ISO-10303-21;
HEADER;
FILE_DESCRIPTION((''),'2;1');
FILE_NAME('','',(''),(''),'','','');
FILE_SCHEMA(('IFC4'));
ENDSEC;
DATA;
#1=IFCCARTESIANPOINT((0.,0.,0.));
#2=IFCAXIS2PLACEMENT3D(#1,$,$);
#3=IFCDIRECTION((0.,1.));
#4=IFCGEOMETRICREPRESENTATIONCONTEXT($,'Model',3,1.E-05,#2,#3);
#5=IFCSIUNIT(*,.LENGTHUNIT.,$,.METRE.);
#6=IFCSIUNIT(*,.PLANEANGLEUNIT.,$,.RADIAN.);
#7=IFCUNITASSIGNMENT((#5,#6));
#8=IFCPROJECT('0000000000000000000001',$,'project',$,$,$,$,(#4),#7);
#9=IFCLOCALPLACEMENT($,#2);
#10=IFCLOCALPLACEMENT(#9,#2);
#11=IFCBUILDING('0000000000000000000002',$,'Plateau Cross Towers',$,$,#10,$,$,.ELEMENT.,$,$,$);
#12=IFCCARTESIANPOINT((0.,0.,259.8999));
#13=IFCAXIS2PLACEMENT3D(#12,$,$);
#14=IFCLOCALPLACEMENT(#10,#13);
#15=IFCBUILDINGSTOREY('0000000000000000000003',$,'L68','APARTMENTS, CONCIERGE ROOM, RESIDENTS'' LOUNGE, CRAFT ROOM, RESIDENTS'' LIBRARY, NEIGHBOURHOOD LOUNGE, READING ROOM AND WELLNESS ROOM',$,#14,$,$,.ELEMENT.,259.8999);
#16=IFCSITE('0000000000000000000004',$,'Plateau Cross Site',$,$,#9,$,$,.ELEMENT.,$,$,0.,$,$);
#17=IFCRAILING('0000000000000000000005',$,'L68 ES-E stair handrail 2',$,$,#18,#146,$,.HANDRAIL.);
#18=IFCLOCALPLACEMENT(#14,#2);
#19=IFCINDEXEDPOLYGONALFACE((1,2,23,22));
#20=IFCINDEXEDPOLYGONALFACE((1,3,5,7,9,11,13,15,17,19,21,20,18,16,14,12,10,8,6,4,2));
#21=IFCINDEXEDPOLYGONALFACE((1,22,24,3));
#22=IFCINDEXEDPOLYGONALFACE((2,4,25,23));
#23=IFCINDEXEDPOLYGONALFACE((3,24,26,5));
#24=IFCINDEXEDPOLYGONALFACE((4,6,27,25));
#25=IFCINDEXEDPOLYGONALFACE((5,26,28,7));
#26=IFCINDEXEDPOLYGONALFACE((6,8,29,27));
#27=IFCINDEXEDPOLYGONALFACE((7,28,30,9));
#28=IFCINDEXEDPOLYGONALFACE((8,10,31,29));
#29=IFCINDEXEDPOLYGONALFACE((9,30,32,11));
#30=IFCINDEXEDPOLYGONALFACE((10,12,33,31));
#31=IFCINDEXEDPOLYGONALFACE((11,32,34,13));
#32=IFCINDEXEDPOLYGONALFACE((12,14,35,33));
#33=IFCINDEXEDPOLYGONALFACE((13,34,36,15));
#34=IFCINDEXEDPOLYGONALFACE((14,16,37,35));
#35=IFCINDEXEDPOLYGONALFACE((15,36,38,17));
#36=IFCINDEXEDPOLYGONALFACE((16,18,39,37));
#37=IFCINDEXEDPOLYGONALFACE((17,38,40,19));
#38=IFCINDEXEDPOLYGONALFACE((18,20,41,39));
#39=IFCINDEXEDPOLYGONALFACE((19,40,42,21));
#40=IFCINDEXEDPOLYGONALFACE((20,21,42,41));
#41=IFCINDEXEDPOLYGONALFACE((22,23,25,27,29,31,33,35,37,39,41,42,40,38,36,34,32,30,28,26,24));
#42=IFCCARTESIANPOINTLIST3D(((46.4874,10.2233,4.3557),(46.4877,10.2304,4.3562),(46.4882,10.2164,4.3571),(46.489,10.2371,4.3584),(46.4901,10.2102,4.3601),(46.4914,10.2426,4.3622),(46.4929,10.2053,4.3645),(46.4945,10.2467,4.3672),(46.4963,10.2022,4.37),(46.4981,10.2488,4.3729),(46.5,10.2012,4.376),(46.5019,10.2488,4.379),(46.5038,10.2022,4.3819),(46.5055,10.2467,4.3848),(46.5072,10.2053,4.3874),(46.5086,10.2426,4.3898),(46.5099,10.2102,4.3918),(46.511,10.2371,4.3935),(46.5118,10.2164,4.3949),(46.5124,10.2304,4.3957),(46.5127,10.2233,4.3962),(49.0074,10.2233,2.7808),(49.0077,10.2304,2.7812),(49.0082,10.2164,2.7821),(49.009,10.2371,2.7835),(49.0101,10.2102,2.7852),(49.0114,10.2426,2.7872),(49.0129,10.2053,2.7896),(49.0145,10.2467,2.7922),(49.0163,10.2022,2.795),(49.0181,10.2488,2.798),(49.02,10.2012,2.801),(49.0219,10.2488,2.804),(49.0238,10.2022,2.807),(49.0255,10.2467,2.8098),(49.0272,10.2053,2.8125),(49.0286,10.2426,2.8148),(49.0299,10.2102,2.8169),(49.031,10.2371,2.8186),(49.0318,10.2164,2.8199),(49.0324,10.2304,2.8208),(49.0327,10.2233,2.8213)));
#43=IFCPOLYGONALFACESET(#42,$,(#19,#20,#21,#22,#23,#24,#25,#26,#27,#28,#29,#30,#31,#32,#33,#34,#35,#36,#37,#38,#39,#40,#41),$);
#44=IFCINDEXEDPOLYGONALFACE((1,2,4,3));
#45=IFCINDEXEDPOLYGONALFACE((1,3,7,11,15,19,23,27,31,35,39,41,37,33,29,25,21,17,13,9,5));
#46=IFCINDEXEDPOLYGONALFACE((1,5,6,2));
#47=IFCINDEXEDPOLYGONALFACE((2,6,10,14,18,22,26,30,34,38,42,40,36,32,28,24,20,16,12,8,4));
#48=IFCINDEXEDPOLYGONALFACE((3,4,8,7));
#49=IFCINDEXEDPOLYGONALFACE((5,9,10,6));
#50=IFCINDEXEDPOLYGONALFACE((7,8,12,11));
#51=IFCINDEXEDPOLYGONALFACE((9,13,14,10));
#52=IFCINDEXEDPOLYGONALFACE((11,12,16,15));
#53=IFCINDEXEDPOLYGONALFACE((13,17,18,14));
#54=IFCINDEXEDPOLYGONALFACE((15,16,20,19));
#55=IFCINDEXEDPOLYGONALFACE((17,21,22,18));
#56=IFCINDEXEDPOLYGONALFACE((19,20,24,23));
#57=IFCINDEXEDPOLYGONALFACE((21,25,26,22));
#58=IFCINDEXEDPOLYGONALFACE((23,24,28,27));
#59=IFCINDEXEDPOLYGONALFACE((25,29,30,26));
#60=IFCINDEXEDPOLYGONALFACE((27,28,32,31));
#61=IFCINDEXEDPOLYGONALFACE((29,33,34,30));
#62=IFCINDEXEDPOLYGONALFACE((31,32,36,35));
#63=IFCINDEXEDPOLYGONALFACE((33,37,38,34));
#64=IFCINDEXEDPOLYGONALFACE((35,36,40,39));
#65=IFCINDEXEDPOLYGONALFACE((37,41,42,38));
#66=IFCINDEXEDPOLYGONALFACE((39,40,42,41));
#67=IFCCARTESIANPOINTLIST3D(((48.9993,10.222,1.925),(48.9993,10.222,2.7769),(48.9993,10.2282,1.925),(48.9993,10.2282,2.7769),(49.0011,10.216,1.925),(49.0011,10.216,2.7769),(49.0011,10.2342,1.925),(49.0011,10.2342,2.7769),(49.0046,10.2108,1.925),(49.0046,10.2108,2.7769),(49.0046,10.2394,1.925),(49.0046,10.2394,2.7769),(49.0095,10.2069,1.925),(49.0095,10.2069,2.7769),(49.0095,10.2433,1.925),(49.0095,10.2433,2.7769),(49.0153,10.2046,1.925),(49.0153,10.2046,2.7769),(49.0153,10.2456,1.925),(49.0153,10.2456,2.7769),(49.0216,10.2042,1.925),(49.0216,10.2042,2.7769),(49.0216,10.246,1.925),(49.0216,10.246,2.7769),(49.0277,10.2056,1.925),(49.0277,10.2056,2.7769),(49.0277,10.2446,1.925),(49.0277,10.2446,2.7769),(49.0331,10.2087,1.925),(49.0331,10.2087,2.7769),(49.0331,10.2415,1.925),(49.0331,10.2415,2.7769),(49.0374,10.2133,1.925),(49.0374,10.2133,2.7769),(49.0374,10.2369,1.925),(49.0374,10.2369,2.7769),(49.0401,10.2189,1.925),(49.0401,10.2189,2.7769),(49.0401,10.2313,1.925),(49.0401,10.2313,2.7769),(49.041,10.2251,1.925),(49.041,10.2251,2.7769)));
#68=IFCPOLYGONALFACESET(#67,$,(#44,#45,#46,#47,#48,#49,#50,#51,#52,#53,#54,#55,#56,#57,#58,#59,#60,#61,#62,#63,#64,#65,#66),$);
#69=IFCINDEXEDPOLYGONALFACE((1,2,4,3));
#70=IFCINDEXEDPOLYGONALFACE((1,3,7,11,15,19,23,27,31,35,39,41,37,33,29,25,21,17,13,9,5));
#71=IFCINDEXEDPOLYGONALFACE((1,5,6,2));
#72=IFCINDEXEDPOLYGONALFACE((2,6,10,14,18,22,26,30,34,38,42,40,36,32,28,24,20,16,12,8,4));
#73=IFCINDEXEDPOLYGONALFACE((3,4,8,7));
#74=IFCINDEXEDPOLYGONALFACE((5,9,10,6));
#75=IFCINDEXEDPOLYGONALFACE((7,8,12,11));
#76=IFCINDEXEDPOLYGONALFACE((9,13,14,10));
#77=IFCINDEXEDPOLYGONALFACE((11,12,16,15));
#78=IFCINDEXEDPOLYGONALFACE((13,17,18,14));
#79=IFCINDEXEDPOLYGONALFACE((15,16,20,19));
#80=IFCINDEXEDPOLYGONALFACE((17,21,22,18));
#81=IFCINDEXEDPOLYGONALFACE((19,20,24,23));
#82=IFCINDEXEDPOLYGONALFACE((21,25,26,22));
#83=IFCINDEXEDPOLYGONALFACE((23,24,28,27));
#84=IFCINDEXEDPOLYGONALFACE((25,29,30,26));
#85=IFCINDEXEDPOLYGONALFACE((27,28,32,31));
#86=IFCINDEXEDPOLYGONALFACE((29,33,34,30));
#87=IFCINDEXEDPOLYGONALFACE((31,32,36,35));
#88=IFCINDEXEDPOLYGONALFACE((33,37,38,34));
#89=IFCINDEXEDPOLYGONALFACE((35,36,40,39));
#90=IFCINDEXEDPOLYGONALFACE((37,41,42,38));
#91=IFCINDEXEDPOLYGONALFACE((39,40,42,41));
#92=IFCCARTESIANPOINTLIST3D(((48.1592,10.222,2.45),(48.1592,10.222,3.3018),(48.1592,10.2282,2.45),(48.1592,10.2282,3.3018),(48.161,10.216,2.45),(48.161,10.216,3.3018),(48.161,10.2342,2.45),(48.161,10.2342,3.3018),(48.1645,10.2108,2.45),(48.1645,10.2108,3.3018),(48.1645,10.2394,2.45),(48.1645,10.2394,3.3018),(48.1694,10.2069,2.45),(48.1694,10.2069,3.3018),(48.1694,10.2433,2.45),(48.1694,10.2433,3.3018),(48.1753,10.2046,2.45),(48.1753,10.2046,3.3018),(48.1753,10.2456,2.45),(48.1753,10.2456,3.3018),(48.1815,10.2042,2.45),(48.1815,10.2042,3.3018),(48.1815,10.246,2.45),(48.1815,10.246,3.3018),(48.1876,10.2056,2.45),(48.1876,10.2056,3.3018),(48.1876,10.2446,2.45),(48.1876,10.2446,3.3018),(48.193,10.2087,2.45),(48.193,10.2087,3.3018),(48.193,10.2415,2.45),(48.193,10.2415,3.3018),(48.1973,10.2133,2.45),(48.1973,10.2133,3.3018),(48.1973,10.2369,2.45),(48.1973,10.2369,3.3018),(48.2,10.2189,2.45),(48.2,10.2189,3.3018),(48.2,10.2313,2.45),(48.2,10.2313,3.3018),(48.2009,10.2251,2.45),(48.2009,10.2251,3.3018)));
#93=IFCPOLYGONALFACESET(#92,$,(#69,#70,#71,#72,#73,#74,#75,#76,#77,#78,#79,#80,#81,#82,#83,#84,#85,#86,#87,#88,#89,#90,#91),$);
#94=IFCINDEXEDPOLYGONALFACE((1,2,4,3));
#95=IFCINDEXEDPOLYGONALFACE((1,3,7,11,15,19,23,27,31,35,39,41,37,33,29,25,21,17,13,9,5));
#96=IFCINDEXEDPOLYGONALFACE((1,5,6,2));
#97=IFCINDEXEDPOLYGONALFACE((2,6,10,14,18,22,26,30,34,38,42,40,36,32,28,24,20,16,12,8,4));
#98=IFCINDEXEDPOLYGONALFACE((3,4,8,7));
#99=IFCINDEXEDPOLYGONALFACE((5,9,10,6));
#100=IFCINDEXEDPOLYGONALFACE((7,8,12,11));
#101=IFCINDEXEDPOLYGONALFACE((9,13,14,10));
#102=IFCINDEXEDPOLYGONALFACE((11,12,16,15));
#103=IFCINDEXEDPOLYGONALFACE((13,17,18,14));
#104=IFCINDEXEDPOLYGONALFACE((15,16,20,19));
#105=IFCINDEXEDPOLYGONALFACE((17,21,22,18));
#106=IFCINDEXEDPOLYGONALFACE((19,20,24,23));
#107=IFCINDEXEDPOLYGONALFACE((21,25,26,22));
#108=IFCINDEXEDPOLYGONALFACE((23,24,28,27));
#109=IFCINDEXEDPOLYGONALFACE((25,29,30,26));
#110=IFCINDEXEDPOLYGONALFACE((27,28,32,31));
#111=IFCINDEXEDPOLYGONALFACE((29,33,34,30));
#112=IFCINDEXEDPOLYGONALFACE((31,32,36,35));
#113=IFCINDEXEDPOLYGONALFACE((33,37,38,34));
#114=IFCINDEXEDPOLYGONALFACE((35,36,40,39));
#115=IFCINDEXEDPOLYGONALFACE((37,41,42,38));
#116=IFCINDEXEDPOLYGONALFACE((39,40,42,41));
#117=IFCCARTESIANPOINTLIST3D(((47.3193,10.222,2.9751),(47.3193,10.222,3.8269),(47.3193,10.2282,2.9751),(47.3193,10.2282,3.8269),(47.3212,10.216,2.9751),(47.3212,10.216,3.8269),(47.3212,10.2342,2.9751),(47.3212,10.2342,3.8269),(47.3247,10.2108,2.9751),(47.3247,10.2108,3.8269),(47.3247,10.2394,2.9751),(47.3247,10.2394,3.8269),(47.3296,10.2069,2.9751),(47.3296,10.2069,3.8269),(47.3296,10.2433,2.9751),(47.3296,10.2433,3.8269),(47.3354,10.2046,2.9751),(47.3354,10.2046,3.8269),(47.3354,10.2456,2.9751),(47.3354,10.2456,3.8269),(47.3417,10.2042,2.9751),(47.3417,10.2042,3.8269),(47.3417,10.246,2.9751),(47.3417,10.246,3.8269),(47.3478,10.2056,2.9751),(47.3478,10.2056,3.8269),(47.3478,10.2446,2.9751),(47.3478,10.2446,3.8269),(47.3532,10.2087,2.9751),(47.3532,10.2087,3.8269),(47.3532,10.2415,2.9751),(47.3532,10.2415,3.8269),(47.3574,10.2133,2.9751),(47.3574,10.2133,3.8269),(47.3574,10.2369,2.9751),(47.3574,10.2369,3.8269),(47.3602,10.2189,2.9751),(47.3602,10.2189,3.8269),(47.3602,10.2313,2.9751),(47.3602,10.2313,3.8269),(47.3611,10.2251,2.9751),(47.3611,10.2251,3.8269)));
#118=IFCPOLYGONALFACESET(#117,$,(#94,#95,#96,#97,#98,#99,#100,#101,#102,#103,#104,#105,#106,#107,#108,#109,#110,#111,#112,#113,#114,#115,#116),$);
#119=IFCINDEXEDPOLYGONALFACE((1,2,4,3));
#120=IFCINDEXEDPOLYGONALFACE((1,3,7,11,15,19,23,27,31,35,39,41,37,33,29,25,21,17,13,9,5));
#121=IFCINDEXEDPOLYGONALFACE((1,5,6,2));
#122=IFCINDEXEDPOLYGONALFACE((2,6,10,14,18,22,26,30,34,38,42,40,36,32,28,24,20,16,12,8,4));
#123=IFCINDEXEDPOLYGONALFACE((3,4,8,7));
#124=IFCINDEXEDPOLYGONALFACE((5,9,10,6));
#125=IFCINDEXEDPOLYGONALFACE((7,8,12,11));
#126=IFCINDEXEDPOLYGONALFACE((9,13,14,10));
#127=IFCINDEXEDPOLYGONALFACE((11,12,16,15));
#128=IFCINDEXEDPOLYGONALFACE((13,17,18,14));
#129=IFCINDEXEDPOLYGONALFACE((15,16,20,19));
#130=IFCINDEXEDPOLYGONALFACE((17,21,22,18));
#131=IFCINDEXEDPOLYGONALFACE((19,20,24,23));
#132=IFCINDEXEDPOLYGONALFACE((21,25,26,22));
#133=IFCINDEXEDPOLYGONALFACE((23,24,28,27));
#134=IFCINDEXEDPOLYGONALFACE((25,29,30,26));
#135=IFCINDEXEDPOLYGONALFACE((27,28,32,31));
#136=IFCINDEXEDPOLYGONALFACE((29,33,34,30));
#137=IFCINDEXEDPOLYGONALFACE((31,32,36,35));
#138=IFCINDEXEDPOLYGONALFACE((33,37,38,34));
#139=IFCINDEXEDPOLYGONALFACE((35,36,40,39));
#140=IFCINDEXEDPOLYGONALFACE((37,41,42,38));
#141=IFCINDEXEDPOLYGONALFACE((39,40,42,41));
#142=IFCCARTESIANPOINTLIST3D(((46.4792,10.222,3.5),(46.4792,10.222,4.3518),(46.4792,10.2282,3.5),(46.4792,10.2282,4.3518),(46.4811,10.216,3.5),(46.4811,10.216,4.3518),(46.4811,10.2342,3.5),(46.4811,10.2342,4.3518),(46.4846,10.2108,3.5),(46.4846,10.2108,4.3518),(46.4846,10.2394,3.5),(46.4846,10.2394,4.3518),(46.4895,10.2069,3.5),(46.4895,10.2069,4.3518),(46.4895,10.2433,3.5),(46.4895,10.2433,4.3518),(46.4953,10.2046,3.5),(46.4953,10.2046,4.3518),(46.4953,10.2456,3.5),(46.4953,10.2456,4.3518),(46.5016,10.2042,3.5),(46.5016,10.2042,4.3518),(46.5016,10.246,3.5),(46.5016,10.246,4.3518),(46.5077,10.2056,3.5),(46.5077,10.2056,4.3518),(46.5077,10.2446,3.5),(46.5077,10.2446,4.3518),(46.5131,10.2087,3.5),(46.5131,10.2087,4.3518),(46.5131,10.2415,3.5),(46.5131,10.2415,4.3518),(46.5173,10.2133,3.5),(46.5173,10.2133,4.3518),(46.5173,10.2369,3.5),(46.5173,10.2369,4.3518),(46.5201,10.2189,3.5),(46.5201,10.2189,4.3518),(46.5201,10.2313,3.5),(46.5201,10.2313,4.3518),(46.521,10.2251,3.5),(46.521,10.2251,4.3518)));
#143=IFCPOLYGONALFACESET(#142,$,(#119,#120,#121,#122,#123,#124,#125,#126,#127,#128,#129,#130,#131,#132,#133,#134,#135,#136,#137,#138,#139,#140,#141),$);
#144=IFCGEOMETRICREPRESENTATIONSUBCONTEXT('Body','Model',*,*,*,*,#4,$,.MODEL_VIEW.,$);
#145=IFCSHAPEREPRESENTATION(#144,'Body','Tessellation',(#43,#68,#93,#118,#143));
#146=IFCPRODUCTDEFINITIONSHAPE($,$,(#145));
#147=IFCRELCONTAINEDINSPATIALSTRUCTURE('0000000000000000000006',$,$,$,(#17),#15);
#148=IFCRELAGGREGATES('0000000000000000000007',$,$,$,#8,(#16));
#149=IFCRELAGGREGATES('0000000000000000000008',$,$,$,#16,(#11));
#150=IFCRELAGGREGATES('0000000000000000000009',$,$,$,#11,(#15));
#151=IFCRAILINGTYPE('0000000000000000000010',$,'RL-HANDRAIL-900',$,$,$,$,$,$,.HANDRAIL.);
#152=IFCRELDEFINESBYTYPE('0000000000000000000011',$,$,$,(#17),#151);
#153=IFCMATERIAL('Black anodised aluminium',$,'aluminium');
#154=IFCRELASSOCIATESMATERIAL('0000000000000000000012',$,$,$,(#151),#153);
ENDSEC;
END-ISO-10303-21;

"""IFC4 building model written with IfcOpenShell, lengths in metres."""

from ifc_helpers import new_model, si_unit, direction, frame, origin, origin_2d, place, context, subcontext, project, spatial, circle, extrude, material, type_object, element, save


model = new_model("IFC4")

# Units and contexts
model_context = context("Model", 3, precision=1e-05, world=origin(), true_north=direction((0.0, 1.0)))
body_context = subcontext(model_context, "Body", "Model", "MODEL_VIEW")
ifc_project = project(units=[si_unit("LENGTHUNIT", "METRE"), si_unit("PLANEANGLEUNIT", "RADIAN")], contexts=[model_context])

# Site, building, storey
site_placement = place(None, origin())
site = spatial("IfcSite", under=ifc_project, at=site_placement, Name="Plateau Cross Site", CompositionType="ELEMENT", RefElevation=0.0)
building_placement = place(site_placement, origin())
building = spatial("IfcBuilding", under=site, at=building_placement, Name="Plateau Cross Towers", CompositionType="ELEMENT")
storey_placement = place(building_placement, frame((0.0, 0.0, 259.8999)))
storey = spatial("IfcBuildingStorey", under=building, at=storey_placement, Name="L68", Description="APARTMENTS, CONCIERGE ROOM, RESIDENTS' LOUNGE, CRAFT ROOM, RESIDENTS' LIBRARY, NEIGHBOURHOOD LOUNGE, READING ROOM AND WELLNESS ROOM", CompositionType="ELEMENT", Elevation=259.8999)

# Shared definitions
ifc_material_1 = material(Name="Black anodised aluminium", Category="aluminium")

# Railing
railing_type_1 = type_object("IfcRailingType", Name="RL-HANDRAIL-900", PredefinedType="HANDRAIL", material=ifc_material_1)
railing_1_placement = place(storey_placement, frame((49.02, 10.2251, 1.925)))
element("IfcRailing", 1, at=railing_1_placement, inside=storey, type_object=railing_type_1, Name="L68 ES-E stair handrail 2", PredefinedType="HANDRAIL", context=body_context, shape_type="SweptSolid", body=[
    extrude(circle(Radius=0.0239, at=origin_2d()), frame((0.0, 0.0, 0.876), z_axis=(-0.848008, 0.0, 0.529984), x_axis=(0.0, -1.0, 0.0)), (0.0, 0.0, 1.0), 2.9717),
    extrude(circle(Radius=0.021, at=origin_2d()), origin(), (0.0, 0.0, 1.0), 0.8518),
    extrude(circle(Radius=0.021, at=origin_2d()), frame((-0.8401, 0.0, 0.5249)), (0.0, 0.0, 1.0), 0.8518),
    extrude(circle(Radius=0.021, at=origin_2d()), frame((-1.6799, 0.0, 1.05)), (0.0, 0.0, 1.0), 0.8518),
    extrude(circle(Radius=0.021, at=origin_2d()), frame((-2.52, 0.0, 1.575)), (0.0, 0.0, 1.0), 0.8518),
])

save(model, "model.ifc")
